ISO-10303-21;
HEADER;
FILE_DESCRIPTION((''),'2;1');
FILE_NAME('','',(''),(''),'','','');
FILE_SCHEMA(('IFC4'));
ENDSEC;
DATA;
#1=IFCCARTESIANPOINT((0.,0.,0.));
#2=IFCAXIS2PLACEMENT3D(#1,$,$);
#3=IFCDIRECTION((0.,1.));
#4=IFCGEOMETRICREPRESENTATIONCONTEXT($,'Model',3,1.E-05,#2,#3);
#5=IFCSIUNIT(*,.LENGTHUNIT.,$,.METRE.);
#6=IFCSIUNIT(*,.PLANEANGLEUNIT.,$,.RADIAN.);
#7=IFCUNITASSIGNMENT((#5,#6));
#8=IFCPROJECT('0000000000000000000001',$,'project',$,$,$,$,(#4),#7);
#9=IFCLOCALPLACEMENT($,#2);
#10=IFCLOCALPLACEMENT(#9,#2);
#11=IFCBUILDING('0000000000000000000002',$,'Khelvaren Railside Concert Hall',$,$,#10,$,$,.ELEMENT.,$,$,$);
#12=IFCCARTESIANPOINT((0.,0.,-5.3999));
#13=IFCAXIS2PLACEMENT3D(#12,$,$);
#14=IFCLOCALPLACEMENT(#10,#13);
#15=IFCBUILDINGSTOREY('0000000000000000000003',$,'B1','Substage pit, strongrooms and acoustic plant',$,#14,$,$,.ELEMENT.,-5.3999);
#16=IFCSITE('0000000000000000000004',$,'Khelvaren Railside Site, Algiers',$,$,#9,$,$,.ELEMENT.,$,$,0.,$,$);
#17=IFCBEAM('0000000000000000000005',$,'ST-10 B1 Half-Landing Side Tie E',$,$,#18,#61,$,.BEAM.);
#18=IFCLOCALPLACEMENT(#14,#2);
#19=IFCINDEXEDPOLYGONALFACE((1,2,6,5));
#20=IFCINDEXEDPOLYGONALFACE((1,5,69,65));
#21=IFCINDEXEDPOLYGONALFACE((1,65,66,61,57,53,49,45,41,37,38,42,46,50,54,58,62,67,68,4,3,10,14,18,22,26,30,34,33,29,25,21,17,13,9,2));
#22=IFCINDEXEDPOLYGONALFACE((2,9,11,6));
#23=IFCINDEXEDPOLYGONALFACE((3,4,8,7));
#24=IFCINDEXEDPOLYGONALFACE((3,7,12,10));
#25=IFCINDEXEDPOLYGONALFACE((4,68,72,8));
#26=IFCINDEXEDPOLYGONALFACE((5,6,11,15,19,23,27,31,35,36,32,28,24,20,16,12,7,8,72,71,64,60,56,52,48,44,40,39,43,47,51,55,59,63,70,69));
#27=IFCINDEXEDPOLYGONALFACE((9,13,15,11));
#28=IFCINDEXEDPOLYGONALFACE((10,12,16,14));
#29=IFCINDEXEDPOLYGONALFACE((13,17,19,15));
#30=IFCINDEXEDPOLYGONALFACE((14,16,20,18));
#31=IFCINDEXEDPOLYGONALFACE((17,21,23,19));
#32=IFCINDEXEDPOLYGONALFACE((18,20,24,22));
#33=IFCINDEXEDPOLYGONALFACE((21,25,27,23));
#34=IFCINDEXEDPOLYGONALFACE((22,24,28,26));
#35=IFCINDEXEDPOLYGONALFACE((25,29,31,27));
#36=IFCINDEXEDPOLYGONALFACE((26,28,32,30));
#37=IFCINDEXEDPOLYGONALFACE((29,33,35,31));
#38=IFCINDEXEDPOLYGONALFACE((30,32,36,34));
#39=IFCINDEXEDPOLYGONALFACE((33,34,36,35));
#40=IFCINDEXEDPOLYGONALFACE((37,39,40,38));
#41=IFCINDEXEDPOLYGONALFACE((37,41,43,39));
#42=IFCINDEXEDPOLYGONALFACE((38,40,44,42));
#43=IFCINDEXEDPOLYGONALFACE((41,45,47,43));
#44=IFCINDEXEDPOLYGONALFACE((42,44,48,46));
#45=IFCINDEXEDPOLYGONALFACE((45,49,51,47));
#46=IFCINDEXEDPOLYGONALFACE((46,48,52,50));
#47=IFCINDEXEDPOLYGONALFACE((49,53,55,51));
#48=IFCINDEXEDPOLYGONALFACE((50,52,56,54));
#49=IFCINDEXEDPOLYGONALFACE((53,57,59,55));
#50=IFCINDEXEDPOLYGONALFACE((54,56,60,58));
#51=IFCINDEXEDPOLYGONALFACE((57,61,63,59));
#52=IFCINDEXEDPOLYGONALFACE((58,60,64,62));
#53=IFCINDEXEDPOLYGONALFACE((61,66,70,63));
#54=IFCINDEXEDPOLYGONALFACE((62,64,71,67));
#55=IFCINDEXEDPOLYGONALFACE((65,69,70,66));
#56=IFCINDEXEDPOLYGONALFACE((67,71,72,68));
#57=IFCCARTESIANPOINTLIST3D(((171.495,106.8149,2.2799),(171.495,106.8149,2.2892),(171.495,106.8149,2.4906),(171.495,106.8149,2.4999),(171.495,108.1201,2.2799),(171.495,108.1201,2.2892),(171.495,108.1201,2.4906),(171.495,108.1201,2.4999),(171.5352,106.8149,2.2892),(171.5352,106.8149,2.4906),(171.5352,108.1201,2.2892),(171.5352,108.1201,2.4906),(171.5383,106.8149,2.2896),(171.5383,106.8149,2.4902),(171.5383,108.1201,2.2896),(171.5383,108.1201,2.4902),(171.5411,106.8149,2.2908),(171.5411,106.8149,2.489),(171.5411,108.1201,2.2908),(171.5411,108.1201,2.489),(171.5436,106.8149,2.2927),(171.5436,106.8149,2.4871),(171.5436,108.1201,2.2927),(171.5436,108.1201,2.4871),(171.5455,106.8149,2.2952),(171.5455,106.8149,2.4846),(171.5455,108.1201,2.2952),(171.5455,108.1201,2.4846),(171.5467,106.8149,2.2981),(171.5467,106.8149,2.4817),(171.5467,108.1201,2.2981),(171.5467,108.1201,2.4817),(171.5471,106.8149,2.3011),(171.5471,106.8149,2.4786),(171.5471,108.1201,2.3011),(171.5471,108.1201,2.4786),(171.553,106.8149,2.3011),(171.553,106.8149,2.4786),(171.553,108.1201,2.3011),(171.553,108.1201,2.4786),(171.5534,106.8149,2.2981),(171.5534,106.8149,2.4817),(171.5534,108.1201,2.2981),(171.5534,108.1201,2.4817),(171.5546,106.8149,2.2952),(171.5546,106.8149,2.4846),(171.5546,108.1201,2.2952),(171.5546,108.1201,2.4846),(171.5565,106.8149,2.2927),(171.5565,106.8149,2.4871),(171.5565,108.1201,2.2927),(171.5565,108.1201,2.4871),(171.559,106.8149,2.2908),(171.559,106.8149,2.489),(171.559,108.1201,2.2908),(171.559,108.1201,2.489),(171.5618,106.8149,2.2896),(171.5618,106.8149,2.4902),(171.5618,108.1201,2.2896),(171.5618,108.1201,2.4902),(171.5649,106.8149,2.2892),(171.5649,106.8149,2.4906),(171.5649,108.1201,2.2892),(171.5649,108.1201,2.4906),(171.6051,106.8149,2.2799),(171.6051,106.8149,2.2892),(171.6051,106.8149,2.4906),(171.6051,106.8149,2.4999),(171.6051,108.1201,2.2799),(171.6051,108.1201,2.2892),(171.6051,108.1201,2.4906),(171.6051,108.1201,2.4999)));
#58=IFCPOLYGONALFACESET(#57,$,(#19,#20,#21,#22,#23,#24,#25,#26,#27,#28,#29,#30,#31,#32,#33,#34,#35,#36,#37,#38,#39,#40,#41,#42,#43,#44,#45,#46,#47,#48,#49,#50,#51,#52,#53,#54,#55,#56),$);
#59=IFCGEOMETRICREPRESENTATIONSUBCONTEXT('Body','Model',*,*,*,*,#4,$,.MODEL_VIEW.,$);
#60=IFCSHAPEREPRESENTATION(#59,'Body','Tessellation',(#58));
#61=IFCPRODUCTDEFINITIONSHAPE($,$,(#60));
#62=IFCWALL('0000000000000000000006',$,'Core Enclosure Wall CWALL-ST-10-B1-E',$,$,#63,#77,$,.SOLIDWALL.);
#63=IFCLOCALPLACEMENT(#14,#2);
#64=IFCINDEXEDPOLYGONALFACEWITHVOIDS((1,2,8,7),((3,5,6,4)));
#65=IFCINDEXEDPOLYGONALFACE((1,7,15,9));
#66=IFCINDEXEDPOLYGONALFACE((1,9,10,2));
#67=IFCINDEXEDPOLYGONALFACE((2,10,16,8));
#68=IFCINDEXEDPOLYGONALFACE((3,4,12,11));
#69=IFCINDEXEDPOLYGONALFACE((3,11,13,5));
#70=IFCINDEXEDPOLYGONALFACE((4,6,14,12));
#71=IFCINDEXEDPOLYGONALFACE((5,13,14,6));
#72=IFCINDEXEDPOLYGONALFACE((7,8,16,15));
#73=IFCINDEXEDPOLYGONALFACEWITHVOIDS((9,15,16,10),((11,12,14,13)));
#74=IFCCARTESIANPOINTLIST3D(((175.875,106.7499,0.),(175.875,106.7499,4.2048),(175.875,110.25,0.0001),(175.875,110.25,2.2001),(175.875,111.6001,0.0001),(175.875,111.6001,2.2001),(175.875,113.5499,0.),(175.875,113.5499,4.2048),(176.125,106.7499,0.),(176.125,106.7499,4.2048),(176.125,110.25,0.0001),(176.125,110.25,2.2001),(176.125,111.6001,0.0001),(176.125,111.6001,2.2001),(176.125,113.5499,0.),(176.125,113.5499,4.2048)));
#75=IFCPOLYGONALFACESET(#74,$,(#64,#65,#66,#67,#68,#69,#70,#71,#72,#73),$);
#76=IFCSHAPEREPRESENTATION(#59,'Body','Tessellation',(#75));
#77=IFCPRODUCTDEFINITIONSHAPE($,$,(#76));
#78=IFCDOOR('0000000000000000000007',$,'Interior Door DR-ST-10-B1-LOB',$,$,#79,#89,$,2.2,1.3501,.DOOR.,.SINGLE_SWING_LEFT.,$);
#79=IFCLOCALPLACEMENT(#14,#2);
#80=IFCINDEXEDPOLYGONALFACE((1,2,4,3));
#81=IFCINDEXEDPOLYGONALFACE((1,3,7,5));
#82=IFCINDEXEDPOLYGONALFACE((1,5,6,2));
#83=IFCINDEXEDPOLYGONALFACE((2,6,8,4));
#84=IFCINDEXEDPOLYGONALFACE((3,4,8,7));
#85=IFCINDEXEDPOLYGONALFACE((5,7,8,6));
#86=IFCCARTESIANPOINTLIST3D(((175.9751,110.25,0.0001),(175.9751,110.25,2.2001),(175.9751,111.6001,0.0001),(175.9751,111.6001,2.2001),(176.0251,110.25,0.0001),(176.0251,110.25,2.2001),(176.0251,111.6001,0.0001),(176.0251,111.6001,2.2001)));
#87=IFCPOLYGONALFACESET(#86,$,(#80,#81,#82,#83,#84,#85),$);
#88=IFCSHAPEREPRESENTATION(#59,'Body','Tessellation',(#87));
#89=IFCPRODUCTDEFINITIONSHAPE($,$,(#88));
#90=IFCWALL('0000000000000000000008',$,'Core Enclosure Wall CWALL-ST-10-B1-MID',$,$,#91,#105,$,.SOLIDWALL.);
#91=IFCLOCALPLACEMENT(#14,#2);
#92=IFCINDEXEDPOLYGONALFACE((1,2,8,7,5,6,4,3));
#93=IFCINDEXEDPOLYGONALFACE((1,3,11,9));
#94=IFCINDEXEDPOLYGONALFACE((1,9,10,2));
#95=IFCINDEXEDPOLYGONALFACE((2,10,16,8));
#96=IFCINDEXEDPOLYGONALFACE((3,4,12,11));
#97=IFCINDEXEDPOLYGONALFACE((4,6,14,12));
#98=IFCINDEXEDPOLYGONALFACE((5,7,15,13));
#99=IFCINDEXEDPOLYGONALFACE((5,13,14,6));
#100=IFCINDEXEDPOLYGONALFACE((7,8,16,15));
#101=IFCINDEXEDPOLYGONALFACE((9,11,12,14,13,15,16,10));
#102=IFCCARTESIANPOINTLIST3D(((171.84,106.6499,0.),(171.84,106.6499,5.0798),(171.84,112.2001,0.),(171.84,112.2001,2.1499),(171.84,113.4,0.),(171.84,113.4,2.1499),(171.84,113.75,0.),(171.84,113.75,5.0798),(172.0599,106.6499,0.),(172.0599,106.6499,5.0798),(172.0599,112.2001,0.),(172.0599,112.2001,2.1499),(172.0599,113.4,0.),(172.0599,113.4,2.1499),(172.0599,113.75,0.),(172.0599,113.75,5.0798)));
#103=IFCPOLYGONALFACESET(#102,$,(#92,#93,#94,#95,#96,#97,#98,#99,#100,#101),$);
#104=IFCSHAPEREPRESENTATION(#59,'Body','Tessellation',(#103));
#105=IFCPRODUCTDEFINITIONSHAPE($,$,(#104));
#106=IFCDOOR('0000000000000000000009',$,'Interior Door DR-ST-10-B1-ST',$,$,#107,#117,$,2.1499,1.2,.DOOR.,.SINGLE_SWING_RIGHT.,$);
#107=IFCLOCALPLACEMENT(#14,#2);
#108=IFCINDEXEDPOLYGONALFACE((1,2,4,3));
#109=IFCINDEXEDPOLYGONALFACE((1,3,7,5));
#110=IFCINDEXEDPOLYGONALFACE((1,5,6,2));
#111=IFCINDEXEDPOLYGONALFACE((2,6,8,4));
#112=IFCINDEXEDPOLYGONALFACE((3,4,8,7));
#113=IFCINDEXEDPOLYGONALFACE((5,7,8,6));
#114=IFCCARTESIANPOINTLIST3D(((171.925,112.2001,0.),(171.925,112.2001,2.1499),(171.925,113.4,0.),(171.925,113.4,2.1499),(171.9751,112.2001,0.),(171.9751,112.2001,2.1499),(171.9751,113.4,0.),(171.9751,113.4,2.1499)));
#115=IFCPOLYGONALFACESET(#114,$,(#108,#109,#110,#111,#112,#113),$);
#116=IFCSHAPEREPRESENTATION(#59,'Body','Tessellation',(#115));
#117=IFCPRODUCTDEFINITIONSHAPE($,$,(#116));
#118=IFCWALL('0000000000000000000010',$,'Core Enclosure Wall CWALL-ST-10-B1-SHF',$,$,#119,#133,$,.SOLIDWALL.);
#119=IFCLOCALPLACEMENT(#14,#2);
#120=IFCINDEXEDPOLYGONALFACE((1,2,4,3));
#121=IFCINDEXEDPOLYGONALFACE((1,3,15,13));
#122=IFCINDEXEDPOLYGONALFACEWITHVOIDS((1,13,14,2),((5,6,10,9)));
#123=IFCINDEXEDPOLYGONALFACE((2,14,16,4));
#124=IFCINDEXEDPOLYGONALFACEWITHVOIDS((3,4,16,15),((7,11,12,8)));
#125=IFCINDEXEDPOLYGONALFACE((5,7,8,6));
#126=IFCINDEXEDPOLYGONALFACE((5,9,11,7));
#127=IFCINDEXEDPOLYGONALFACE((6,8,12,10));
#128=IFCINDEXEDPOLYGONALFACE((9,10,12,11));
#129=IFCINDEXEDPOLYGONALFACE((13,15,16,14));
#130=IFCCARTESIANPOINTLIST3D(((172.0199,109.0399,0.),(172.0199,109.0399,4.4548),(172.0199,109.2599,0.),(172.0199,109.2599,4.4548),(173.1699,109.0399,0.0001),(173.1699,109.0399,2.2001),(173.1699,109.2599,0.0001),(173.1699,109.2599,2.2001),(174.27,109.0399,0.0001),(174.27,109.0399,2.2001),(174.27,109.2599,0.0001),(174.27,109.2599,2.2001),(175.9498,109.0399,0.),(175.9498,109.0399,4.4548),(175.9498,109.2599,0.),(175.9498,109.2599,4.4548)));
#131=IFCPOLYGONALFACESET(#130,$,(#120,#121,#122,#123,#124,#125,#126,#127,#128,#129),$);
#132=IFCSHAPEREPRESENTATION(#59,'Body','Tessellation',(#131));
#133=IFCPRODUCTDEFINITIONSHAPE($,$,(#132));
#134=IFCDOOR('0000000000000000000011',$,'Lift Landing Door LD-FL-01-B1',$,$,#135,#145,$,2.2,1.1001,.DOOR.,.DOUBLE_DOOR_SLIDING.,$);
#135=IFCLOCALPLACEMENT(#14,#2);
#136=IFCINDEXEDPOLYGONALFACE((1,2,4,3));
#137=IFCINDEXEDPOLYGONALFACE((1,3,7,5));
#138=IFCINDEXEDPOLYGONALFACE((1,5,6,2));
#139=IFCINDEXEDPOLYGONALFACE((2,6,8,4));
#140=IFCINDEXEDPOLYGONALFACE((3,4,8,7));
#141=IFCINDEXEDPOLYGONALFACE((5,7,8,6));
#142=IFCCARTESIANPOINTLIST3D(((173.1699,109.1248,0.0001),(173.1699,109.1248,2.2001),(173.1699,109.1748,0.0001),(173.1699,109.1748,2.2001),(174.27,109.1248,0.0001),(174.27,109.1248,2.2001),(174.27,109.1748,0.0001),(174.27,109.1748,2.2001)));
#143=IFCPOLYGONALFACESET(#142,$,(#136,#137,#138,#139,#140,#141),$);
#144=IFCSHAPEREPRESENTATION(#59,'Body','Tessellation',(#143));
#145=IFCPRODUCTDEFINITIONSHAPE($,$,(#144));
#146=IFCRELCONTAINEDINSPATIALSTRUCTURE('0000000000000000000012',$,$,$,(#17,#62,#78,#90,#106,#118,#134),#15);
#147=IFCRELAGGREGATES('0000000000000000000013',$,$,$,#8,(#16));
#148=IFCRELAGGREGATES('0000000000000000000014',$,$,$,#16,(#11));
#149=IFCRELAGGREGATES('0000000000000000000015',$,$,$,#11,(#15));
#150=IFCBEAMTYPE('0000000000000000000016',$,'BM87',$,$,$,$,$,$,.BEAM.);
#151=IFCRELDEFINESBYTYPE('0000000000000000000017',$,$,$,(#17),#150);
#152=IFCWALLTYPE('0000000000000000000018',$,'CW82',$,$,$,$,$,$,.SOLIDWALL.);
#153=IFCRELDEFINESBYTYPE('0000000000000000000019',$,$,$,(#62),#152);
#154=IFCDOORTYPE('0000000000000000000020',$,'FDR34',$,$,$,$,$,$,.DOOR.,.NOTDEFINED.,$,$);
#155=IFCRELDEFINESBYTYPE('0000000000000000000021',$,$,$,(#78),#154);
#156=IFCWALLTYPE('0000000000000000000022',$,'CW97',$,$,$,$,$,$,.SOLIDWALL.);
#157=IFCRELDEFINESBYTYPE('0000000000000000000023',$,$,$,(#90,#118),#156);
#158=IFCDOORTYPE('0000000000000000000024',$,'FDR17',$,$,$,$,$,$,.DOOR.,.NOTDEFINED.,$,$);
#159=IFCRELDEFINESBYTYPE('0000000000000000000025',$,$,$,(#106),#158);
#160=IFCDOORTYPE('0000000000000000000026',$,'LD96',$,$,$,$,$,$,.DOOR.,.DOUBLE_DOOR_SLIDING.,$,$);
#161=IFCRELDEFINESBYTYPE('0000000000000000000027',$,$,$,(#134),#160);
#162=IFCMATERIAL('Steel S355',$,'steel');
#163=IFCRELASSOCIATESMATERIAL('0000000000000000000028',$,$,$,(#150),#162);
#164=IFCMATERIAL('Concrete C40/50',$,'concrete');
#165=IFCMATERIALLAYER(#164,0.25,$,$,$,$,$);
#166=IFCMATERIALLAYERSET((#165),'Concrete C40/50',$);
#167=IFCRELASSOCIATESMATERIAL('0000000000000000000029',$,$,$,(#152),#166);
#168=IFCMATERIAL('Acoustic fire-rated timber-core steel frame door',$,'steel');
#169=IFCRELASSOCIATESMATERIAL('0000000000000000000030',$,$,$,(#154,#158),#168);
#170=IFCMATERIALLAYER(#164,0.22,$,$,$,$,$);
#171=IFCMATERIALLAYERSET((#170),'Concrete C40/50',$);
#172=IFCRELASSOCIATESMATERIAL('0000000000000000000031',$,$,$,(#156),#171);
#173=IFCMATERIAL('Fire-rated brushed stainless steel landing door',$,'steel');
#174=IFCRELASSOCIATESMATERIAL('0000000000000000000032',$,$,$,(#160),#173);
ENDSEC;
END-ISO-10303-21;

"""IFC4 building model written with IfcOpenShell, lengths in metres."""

from ifc_helpers import new_model, si_unit, direction, frame, frame_2d, origin, origin_2d, place, context, subcontext, project, spatial, rectangle, i_section, extrude, material, layer, layer_set, material_profile, profile_set, type_object, element, fill, save


model = new_model("IFC4")

# Units and contexts
model_context = context("Model", 3, precision=1e-05, world=origin(), true_north=direction((0.0, 1.0)))
body_context = subcontext(model_context, "Body", "Model", "MODEL_VIEW")
ifc_project = project(units=[si_unit("LENGTHUNIT", "METRE"), si_unit("PLANEANGLEUNIT", "RADIAN")], contexts=[model_context])

# Site, building, storey
site_placement = place(None, origin())
site = spatial("IfcSite", under=ifc_project, at=site_placement, Name="Khelvaren Railside Site, Algiers", CompositionType="ELEMENT", RefElevation=0.0)
building_placement = place(site_placement, origin())
building = spatial("IfcBuilding", under=site, at=building_placement, Name="Khelvaren Railside Concert Hall", CompositionType="ELEMENT")
storey_placement = place(building_placement, frame((0.0, 0.0, -5.3999)))
storey = spatial("IfcBuildingStorey", under=building, at=storey_placement, Name="B1", Description="Substage pit, strongrooms and acoustic plant", CompositionType="ELEMENT", Elevation=-5.3999)

# Beam
ifc_material_1 = material(Name="Steel S355", Category="steel")
ifc_material_profile_1 = material_profile(ifc_material_1, i_section(OverallWidth=0.1101, OverallDepth=0.22, WebThickness=0.0059, FlangeThickness=0.0093, FilletRadius=0.012, at=origin_2d()), Name="IPE 220")
ifc_profile_set_1 = profile_set([ifc_material_profile_1], Name="Steel S355")
beam_type = type_object("IfcBeamType", Name="BM87", PredefinedType="BEAM", material=ifc_profile_set_1)
beam_placement = place(storey_placement, frame((171.55, 106.8149, 2.3899), z_axis=(0.0, 1.0, 0.0), x_axis=(-1.0, 0.0, 0.0)))
element("IfcBeam", 1, at=beam_placement, inside=storey, type_object=beam_type, Name="ST-10 B1 Half-Landing Side Tie E", PredefinedType="BEAM", context=body_context, shape_type="SweptSolid", body=[
    extrude(i_section(OverallWidth=0.1101, OverallDepth=0.22, WebThickness=0.0059, FlangeThickness=0.0093, FilletRadius=0.012, at=origin_2d()), origin(), (0.0, 0.0, 1.0), 1.3052),
])

# Walls, openings, doors
ifc_material_2 = material(Name="Concrete C40/50", Category="concrete")
ifc_layer_1 = layer(ifc_material_2, 0.25)
ifc_layer_set_1 = layer_set([ifc_layer_1], Name="Concrete C40/50")
wall_type_1 = type_object("IfcWallType", Name="CW82", PredefinedType="SOLIDWALL", material=ifc_layer_set_1)
wall_1_placement = place(storey_placement, frame((176.0, 106.75, 0.0), z_axis=(0.0, 0.0, 1.0), x_axis=(0.0, 1.0, 0.0)))
wall_1 = element("IfcWall", 2, at=wall_1_placement, inside=storey, type_object=wall_type_1, Name="Core Enclosure Wall CWALL-ST-10-B1-E", PredefinedType="SOLIDWALL", context=body_context, shape_type="SweptSolid", body=[
    extrude(rectangle(XDim=6.8, YDim=0.25, at=frame_2d((3.3999, 0.0))), origin(), (0.0, 0.0, 1.0), 4.2048),
])
opening_1_placement = place(wall_1_placement, frame((3.5, 0.0, 0.0)))
opening_1 = element("IfcOpeningElement", 3, at=opening_1_placement, cuts=wall_1, PredefinedType="OPENING", context=body_context, shape_type="SweptSolid", body=[
    extrude(rectangle(XDim=1.3501, YDim=2.2, at=frame_2d((0.675, 1.1001))), frame((0.0, 0.135, 0.0), z_axis=(0.0, -1.0, 0.0), x_axis=(1.0, 0.0, 0.0)), (0.0, 0.0, 1.0), 0.27),
])
ifc_material_3 = material(Name="Acoustic fire-rated timber-core steel frame door", Category="steel")
door_type_1 = type_object("IfcDoorType", Name="FDR34", OperationType="NOTDEFINED", PredefinedType="DOOR", material=ifc_material_3)
door_1_placement = place(opening_1_placement, origin())
door_1 = element("IfcDoor", 4, at=door_1_placement, inside=storey, type_object=door_type_1, Name="Interior Door DR-ST-10-B1-LOB", OperationType="SINGLE_SWING_LEFT", OverallHeight=2.2, OverallWidth=1.3501, PredefinedType="DOOR", context=body_context, shape_type="SweptSolid", body=[
    extrude(rectangle(XDim=1.3501, YDim=2.2, at=frame_2d((0.675, 1.1001))), frame((0.0, 0.0249, 0.0), z_axis=(0.0, -1.0, 0.0), x_axis=(1.0, 0.0, 0.0)), (0.0, 0.0, 1.0), 0.05),
])
fill(opening_1, door_1)
ifc_layer_2 = layer(ifc_material_2, 0.22)
ifc_layer_set_2 = layer_set([ifc_layer_2], Name="Concrete C40/50")
wall_type_2 = type_object("IfcWallType", Name="CW97", PredefinedType="SOLIDWALL", material=ifc_layer_set_2)
wall_2_placement = place(storey_placement, frame((171.95, 106.6499, 0.0), z_axis=(0.0, 0.0, 1.0), x_axis=(0.0, 1.0, 0.0)))
wall_2 = element("IfcWall", 5, at=wall_2_placement, inside=storey, type_object=wall_type_2, Name="Core Enclosure Wall CWALL-ST-10-B1-MID", PredefinedType="SOLIDWALL", context=body_context, shape_type="SweptSolid", body=[
    extrude(rectangle(XDim=7.1001, YDim=0.22, at=frame_2d((3.55, 0.0))), origin(), (0.0, 0.0, 1.0), 5.0798),
])
opening_2_placement = place(wall_2_placement, frame((5.55, 0.0, 0.0)))
opening_2 = element("IfcOpeningElement", 6, at=opening_2_placement, cuts=wall_2, PredefinedType="OPENING", context=body_context, shape_type="SweptSolid", body=[
    extrude(rectangle(XDim=1.2, YDim=2.1499, at=frame_2d((0.6001, 1.075))), frame((0.0, 0.1199, 0.0), z_axis=(0.0, -1.0, 0.0), x_axis=(1.0, 0.0, 0.0)), (0.0, 0.0, 1.0), 0.24),
])
door_type_2 = type_object("IfcDoorType", Name="FDR17", OperationType="NOTDEFINED", PredefinedType="DOOR", material=ifc_material_3)
door_2_placement = place(opening_2_placement, origin())
door_2 = element("IfcDoor", 7, at=door_2_placement, inside=storey, type_object=door_type_2, Name="Interior Door DR-ST-10-B1-ST", OperationType="SINGLE_SWING_RIGHT", OverallHeight=2.1499, OverallWidth=1.2, PredefinedType="DOOR", context=body_context, shape_type="SweptSolid", body=[
    extrude(rectangle(XDim=1.2, YDim=2.1499, at=frame_2d((0.6001, 1.075))), frame((0.0, 0.0249, 0.0), z_axis=(0.0, -1.0, 0.0), x_axis=(1.0, 0.0, 0.0)), (0.0, 0.0, 1.0), 0.05),
])
fill(opening_2, door_2)
wall_3_placement = place(storey_placement, frame((172.02, 109.1499, 0.0), z_axis=(0.0, 0.0, 1.0), x_axis=(1.0, 0.0, 0.0)))
wall_3 = element("IfcWall", 8, at=wall_3_placement, inside=storey, type_object=wall_type_2, Name="Core Enclosure Wall CWALL-ST-10-B1-SHF", PredefinedType="SOLIDWALL", context=body_context, shape_type="SweptSolid", body=[
    extrude(rectangle(XDim=3.9299, YDim=0.22, at=frame_2d((1.9648, 0.0))), origin(), (0.0, 0.0, 1.0), 4.4548),
])
opening_3_placement = place(wall_3_placement, frame((1.1499, 0.0, 0.0)))
opening_3 = element("IfcOpeningElement", 9, at=opening_3_placement, cuts=wall_3, PredefinedType="OPENING", context=body_context, shape_type="SweptSolid", body=[
    extrude(rectangle(XDim=1.1001, YDim=2.2, at=frame_2d((0.55, 1.1001))), frame((0.0, 0.1199, 0.0), z_axis=(0.0, -1.0, 0.0), x_axis=(1.0, 0.0, 0.0)), (0.0, 0.0, 1.0), 0.24),
])
ifc_material_4 = material(Name="Fire-rated brushed stainless steel landing door", Category="steel")
door_type_3 = type_object("IfcDoorType", Name="LD96", OperationType="DOUBLE_DOOR_SLIDING", PredefinedType="DOOR", material=ifc_material_4)
door_3_placement = place(opening_3_placement, origin())
door_3 = element("IfcDoor", 10, at=door_3_placement, inside=storey, type_object=door_type_3, Name="Lift Landing Door LD-FL-01-B1", OperationType="DOUBLE_DOOR_SLIDING", OverallHeight=2.2, OverallWidth=1.1001, PredefinedType="DOOR", context=body_context, shape_type="SweptSolid", body=[
    extrude(rectangle(XDim=1.1001, YDim=2.2, at=frame_2d((0.55, 1.1001))), frame((0.0, 0.0249, 0.0), z_axis=(0.0, -1.0, 0.0), x_axis=(1.0, 0.0, 0.0)), (0.0, 0.0, 1.0), 0.05),
])
fill(opening_3, door_3)

save(model, "model.ifc")
